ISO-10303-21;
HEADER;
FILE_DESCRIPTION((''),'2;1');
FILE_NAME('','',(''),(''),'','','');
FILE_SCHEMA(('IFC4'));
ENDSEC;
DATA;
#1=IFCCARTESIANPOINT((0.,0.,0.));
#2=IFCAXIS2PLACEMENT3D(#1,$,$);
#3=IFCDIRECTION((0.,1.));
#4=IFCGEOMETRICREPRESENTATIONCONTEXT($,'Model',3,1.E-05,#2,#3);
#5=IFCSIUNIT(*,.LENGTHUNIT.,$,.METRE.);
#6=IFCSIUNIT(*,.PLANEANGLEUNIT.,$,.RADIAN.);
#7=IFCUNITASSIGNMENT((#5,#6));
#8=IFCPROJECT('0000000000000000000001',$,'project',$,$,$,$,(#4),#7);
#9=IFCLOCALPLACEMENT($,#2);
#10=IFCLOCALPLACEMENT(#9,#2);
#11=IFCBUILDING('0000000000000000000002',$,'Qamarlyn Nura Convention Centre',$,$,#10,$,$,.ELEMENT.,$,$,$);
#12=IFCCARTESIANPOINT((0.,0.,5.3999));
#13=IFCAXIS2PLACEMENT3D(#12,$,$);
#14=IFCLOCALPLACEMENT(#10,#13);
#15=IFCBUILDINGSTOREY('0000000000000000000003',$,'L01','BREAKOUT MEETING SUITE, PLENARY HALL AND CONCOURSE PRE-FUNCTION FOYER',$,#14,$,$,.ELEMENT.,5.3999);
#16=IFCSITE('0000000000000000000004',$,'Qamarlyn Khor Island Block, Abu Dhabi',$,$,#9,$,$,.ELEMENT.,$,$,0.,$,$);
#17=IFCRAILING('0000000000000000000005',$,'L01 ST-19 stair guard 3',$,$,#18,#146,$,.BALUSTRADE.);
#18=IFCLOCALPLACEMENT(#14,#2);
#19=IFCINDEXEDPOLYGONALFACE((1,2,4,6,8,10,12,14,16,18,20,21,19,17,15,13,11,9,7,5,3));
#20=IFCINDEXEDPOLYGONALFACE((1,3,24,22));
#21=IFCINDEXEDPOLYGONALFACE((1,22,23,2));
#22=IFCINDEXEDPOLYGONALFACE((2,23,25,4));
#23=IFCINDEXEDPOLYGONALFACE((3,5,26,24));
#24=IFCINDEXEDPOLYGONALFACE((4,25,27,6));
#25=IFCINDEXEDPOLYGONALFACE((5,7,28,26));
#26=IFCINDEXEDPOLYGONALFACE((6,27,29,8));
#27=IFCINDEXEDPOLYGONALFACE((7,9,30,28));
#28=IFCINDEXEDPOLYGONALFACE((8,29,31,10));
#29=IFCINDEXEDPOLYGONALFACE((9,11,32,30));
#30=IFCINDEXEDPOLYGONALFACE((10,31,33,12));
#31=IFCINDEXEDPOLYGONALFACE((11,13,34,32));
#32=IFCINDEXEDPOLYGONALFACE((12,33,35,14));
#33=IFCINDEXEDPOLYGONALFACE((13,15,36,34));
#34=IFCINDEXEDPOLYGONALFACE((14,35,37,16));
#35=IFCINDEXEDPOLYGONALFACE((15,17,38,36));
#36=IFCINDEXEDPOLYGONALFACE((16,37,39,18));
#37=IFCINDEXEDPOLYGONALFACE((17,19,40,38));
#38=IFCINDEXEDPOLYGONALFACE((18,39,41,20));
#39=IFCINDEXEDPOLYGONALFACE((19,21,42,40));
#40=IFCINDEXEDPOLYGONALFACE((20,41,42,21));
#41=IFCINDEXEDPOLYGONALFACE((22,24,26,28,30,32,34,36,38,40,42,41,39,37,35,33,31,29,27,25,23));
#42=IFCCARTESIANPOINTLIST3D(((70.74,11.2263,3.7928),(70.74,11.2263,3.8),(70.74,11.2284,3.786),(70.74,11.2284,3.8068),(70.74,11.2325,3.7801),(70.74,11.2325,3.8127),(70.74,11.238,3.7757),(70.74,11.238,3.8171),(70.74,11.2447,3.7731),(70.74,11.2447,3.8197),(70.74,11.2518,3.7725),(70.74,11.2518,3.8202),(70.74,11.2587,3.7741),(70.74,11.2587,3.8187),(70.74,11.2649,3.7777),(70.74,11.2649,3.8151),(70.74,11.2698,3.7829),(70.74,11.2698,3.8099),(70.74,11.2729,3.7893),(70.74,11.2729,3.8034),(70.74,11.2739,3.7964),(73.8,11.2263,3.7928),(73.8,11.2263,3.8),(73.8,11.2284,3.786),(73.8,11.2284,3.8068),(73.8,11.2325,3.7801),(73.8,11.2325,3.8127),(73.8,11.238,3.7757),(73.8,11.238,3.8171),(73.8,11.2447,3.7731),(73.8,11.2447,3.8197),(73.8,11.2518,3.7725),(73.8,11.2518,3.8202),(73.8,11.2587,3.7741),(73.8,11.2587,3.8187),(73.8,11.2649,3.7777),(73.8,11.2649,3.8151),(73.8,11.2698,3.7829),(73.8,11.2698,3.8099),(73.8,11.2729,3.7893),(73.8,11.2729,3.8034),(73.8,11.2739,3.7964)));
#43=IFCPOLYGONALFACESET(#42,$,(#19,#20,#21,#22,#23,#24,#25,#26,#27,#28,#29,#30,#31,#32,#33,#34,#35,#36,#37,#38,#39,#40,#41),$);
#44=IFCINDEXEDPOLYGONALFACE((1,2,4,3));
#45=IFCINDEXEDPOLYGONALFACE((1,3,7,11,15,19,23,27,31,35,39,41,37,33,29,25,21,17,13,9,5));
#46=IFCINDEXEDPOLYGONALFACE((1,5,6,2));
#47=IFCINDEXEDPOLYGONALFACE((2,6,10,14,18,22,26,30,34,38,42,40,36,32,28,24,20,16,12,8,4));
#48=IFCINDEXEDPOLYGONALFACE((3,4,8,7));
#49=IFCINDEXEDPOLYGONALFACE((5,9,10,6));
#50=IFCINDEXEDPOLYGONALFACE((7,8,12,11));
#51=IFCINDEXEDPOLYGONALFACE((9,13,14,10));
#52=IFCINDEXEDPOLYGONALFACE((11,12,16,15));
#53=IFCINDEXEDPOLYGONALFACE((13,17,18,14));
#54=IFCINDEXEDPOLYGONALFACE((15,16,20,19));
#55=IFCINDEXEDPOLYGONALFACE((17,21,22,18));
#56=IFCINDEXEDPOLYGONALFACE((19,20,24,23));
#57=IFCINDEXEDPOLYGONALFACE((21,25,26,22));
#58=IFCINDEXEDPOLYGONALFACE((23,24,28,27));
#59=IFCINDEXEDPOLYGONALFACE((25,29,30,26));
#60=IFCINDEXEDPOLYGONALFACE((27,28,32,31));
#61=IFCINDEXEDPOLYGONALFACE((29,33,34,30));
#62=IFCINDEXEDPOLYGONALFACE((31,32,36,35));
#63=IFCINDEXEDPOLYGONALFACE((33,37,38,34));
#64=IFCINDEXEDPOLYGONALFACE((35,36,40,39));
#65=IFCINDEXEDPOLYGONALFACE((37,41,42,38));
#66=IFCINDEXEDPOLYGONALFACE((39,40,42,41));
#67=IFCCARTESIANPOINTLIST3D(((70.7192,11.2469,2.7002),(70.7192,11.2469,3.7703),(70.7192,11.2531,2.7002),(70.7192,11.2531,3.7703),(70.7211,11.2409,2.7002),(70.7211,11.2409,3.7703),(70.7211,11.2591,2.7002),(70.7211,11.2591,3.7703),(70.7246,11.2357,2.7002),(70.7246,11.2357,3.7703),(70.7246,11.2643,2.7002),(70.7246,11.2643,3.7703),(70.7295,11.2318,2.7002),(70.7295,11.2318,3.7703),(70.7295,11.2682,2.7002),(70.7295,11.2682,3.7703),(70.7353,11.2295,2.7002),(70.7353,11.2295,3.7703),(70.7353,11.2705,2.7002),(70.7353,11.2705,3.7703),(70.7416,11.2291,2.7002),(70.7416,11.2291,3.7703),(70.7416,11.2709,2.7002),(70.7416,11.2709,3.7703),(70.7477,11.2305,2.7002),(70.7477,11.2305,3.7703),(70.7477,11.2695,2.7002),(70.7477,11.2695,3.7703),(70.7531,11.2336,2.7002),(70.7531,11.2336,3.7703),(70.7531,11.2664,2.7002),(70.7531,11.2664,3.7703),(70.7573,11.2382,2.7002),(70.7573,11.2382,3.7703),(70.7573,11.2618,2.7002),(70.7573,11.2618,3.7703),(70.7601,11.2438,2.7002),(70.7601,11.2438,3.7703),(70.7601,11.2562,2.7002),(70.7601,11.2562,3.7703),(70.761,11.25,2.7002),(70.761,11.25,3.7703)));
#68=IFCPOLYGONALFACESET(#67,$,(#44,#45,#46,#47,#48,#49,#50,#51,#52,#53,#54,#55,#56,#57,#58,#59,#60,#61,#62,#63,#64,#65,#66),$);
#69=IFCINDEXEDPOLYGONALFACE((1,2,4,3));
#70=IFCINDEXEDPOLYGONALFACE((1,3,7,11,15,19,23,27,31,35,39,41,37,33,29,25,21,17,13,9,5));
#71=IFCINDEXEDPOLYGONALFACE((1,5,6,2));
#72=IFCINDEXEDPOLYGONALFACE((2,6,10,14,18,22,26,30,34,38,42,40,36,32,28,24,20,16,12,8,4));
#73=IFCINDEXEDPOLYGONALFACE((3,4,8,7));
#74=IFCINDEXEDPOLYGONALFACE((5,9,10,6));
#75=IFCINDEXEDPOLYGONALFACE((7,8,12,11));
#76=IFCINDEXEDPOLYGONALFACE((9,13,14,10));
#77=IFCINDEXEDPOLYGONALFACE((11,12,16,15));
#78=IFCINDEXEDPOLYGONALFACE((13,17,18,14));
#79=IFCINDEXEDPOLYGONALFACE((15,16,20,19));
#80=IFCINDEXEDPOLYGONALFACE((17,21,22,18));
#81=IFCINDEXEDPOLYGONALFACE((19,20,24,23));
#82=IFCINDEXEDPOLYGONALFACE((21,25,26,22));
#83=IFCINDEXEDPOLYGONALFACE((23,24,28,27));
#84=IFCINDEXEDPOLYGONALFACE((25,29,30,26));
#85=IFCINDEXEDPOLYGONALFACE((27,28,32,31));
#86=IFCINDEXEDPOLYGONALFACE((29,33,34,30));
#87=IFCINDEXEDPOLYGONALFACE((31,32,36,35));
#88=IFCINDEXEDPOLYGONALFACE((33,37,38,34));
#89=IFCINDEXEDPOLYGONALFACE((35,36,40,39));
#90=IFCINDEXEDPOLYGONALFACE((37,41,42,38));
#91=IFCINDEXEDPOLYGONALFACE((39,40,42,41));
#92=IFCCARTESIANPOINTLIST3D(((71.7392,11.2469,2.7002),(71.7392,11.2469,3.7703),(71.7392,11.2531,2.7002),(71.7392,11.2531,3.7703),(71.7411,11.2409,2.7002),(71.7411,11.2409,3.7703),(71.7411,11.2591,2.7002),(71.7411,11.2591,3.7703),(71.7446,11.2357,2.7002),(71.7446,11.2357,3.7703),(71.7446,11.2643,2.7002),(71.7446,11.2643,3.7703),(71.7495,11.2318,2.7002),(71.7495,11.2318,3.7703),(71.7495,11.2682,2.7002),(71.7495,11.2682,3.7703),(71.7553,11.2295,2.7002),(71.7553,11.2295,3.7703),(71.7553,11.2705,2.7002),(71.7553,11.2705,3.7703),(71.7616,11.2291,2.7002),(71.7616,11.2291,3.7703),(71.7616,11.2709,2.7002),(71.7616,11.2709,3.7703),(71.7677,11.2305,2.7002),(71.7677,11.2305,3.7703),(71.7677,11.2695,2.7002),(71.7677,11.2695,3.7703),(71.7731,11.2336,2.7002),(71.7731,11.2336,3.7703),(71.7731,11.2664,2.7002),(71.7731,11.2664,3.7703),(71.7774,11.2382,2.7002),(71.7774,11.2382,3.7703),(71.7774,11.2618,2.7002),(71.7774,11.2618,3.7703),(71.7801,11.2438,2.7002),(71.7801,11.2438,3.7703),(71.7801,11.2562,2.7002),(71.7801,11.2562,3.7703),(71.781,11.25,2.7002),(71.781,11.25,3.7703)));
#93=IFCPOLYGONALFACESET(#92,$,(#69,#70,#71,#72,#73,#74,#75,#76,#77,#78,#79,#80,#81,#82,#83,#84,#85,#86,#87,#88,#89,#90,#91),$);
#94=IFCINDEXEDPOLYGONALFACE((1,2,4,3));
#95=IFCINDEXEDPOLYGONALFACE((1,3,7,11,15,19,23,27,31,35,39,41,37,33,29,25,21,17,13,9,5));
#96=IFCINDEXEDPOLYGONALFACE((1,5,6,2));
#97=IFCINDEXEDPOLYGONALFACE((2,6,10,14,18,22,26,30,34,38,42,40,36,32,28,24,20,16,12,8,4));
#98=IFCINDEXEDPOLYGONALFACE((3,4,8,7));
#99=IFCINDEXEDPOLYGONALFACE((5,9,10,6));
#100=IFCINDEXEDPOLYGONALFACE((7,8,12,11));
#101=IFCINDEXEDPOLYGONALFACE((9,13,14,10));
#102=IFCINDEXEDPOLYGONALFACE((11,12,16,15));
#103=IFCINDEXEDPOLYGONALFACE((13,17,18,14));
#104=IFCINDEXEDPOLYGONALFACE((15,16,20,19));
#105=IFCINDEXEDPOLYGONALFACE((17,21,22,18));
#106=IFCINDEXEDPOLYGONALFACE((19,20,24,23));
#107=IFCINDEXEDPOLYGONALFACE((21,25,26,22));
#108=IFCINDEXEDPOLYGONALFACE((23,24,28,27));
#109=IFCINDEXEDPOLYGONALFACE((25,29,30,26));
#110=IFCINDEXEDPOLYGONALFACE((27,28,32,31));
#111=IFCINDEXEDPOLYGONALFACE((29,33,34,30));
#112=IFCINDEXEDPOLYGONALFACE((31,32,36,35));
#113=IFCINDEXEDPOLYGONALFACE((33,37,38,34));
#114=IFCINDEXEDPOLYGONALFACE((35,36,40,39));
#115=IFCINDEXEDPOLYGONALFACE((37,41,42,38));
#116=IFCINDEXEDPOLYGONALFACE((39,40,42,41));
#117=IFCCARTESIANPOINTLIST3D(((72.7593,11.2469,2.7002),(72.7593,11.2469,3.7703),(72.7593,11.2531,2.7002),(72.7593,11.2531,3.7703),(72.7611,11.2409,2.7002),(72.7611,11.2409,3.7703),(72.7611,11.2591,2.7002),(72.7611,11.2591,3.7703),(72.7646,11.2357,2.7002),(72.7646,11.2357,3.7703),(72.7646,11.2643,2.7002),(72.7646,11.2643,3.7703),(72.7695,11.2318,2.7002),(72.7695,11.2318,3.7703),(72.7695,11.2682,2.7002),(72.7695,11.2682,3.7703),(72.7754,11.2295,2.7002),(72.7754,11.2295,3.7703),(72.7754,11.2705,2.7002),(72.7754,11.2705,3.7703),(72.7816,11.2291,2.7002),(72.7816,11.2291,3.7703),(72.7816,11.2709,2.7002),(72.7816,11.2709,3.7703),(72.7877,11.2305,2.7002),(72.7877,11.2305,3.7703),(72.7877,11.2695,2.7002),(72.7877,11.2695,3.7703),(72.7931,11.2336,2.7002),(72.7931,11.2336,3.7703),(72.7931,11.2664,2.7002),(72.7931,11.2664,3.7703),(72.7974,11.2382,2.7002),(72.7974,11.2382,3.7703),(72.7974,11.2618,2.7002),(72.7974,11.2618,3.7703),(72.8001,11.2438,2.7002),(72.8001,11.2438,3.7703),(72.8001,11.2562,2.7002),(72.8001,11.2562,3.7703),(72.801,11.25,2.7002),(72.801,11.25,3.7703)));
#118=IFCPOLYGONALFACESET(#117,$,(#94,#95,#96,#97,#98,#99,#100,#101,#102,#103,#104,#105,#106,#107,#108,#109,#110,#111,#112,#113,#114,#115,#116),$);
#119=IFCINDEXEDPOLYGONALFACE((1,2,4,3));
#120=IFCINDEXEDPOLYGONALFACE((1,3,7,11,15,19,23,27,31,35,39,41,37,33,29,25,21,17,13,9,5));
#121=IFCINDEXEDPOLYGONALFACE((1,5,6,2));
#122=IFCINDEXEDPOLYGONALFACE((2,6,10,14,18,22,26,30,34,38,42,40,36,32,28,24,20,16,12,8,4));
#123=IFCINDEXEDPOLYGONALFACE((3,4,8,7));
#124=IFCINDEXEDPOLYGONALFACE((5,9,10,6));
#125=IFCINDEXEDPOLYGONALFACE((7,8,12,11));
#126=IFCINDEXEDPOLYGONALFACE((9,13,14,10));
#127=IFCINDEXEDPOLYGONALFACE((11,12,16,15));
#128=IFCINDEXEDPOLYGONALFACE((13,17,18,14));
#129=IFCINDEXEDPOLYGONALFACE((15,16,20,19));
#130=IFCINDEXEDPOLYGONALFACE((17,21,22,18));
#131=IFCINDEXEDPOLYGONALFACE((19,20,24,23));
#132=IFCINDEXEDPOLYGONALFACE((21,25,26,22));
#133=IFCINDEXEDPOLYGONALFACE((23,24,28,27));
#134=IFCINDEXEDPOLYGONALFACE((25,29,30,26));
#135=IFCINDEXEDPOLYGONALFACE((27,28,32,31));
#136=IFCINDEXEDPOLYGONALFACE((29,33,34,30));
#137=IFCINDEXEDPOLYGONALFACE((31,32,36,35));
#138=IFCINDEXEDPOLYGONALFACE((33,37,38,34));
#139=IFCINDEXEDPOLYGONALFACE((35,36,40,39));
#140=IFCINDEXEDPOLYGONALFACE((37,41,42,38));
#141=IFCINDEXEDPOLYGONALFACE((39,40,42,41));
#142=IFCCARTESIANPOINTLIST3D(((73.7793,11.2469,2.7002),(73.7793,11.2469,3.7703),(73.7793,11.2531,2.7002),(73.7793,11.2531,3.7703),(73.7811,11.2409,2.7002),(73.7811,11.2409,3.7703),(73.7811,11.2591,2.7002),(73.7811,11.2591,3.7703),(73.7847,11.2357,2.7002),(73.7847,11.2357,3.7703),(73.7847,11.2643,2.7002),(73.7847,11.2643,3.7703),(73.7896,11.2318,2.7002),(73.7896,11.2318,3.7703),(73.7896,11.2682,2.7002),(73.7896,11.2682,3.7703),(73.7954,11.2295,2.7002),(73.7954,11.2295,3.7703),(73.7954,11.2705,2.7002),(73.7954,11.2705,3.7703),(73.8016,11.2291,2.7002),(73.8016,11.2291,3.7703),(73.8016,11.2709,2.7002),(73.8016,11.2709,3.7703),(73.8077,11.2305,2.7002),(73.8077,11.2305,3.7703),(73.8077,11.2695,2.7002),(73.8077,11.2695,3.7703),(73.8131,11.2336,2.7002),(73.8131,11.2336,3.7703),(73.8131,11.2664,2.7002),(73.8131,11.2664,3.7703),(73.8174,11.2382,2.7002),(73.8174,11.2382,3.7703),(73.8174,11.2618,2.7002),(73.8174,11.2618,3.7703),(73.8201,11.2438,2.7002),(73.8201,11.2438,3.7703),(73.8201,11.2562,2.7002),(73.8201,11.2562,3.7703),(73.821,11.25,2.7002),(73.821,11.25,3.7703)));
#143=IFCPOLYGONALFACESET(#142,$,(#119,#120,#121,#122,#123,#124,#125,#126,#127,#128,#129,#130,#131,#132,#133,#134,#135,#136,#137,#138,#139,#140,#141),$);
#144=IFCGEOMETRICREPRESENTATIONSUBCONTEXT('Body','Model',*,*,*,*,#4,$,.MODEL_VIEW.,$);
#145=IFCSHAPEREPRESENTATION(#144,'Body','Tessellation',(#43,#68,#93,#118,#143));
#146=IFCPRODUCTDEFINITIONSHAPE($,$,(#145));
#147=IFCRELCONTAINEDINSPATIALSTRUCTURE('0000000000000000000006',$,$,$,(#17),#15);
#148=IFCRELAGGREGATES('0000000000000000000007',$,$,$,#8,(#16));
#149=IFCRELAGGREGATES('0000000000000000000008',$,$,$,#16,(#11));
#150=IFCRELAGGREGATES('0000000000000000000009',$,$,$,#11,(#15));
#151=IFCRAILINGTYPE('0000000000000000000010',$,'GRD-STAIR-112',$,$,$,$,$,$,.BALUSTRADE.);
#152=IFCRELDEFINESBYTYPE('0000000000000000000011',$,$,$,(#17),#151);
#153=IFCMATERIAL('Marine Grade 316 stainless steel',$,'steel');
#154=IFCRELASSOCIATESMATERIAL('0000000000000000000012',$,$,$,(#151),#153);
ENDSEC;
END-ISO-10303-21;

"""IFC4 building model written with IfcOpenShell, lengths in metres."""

from ifc_helpers import new_model, si_unit, direction, frame, origin, origin_2d, place, context, subcontext, project, spatial, circle, extrude, material, type_object, element, save


model = new_model("IFC4")

# Units and contexts
model_context = context("Model", 3, precision=1e-05, world=origin(), true_north=direction((0.0, 1.0)))
body_context = subcontext(model_context, "Body", "Model", "MODEL_VIEW")
ifc_project = project(units=[si_unit("LENGTHUNIT", "METRE"), si_unit("PLANEANGLEUNIT", "RADIAN")], contexts=[model_context])

# Site, building, storey
site_placement = place(None, origin())
site = spatial("IfcSite", under=ifc_project, at=site_placement, Name="Qamarlyn Khor Island Block, Abu Dhabi", CompositionType="ELEMENT", RefElevation=0.0)
building_placement = place(site_placement, origin())
building = spatial("IfcBuilding", under=site, at=building_placement, Name="Qamarlyn Nura Convention Centre", CompositionType="ELEMENT")
storey_placement = place(building_placement, frame((0.0, 0.0, 5.3999)))
storey = spatial("IfcBuildingStorey", under=building, at=storey_placement, Name="L01", Description="BREAKOUT MEETING SUITE, PLENARY HALL AND CONCOURSE PRE-FUNCTION FOYER", CompositionType="ELEMENT", Elevation=5.3999)

# Railing
ifc_material_1 = material(Name="Marine Grade 316 stainless steel", Category="steel")
railing_type_1 = type_object("IfcRailingType", Name="GRD-STAIR-112", PredefinedType="BALUSTRADE", material=ifc_material_1)
for number, where, name in (
    (1, (70.74, 11.25, 2.7002), "L01 ST-19 stair guard 3"),
):
    element("IfcRailing", number, at=place(storey_placement, frame(where)), inside=storey, type_object=railing_type_1, Name=name, PredefinedType="BALUSTRADE", context=body_context, shape_type="SweptSolid", body=[
        extrude(circle(Radius=0.0239, at=origin_2d()), frame((0.0, 0.0, 1.0962), z_axis=(1.0, 0.0, 0.0), x_axis=(0.0, 1.0, 0.0)), (0.0, 0.0, 1.0), 3.0601),
        extrude(circle(Radius=0.021, at=origin_2d()), origin(), (0.0, 0.0, 1.0), 1.0701),
        extrude(circle(Radius=0.021, at=origin_2d()), frame((1.02, 0.0, 0.0)), (0.0, 0.0, 1.0), 1.0701),
        extrude(circle(Radius=0.021, at=origin_2d()), frame((2.04, 0.0, 0.0)), (0.0, 0.0, 1.0), 1.0701),
        extrude(circle(Radius=0.021, at=origin_2d()), frame((3.0601, 0.0, 0.0)), (0.0, 0.0, 1.0), 1.0701),
    ])

save(model, "model.ifc")
